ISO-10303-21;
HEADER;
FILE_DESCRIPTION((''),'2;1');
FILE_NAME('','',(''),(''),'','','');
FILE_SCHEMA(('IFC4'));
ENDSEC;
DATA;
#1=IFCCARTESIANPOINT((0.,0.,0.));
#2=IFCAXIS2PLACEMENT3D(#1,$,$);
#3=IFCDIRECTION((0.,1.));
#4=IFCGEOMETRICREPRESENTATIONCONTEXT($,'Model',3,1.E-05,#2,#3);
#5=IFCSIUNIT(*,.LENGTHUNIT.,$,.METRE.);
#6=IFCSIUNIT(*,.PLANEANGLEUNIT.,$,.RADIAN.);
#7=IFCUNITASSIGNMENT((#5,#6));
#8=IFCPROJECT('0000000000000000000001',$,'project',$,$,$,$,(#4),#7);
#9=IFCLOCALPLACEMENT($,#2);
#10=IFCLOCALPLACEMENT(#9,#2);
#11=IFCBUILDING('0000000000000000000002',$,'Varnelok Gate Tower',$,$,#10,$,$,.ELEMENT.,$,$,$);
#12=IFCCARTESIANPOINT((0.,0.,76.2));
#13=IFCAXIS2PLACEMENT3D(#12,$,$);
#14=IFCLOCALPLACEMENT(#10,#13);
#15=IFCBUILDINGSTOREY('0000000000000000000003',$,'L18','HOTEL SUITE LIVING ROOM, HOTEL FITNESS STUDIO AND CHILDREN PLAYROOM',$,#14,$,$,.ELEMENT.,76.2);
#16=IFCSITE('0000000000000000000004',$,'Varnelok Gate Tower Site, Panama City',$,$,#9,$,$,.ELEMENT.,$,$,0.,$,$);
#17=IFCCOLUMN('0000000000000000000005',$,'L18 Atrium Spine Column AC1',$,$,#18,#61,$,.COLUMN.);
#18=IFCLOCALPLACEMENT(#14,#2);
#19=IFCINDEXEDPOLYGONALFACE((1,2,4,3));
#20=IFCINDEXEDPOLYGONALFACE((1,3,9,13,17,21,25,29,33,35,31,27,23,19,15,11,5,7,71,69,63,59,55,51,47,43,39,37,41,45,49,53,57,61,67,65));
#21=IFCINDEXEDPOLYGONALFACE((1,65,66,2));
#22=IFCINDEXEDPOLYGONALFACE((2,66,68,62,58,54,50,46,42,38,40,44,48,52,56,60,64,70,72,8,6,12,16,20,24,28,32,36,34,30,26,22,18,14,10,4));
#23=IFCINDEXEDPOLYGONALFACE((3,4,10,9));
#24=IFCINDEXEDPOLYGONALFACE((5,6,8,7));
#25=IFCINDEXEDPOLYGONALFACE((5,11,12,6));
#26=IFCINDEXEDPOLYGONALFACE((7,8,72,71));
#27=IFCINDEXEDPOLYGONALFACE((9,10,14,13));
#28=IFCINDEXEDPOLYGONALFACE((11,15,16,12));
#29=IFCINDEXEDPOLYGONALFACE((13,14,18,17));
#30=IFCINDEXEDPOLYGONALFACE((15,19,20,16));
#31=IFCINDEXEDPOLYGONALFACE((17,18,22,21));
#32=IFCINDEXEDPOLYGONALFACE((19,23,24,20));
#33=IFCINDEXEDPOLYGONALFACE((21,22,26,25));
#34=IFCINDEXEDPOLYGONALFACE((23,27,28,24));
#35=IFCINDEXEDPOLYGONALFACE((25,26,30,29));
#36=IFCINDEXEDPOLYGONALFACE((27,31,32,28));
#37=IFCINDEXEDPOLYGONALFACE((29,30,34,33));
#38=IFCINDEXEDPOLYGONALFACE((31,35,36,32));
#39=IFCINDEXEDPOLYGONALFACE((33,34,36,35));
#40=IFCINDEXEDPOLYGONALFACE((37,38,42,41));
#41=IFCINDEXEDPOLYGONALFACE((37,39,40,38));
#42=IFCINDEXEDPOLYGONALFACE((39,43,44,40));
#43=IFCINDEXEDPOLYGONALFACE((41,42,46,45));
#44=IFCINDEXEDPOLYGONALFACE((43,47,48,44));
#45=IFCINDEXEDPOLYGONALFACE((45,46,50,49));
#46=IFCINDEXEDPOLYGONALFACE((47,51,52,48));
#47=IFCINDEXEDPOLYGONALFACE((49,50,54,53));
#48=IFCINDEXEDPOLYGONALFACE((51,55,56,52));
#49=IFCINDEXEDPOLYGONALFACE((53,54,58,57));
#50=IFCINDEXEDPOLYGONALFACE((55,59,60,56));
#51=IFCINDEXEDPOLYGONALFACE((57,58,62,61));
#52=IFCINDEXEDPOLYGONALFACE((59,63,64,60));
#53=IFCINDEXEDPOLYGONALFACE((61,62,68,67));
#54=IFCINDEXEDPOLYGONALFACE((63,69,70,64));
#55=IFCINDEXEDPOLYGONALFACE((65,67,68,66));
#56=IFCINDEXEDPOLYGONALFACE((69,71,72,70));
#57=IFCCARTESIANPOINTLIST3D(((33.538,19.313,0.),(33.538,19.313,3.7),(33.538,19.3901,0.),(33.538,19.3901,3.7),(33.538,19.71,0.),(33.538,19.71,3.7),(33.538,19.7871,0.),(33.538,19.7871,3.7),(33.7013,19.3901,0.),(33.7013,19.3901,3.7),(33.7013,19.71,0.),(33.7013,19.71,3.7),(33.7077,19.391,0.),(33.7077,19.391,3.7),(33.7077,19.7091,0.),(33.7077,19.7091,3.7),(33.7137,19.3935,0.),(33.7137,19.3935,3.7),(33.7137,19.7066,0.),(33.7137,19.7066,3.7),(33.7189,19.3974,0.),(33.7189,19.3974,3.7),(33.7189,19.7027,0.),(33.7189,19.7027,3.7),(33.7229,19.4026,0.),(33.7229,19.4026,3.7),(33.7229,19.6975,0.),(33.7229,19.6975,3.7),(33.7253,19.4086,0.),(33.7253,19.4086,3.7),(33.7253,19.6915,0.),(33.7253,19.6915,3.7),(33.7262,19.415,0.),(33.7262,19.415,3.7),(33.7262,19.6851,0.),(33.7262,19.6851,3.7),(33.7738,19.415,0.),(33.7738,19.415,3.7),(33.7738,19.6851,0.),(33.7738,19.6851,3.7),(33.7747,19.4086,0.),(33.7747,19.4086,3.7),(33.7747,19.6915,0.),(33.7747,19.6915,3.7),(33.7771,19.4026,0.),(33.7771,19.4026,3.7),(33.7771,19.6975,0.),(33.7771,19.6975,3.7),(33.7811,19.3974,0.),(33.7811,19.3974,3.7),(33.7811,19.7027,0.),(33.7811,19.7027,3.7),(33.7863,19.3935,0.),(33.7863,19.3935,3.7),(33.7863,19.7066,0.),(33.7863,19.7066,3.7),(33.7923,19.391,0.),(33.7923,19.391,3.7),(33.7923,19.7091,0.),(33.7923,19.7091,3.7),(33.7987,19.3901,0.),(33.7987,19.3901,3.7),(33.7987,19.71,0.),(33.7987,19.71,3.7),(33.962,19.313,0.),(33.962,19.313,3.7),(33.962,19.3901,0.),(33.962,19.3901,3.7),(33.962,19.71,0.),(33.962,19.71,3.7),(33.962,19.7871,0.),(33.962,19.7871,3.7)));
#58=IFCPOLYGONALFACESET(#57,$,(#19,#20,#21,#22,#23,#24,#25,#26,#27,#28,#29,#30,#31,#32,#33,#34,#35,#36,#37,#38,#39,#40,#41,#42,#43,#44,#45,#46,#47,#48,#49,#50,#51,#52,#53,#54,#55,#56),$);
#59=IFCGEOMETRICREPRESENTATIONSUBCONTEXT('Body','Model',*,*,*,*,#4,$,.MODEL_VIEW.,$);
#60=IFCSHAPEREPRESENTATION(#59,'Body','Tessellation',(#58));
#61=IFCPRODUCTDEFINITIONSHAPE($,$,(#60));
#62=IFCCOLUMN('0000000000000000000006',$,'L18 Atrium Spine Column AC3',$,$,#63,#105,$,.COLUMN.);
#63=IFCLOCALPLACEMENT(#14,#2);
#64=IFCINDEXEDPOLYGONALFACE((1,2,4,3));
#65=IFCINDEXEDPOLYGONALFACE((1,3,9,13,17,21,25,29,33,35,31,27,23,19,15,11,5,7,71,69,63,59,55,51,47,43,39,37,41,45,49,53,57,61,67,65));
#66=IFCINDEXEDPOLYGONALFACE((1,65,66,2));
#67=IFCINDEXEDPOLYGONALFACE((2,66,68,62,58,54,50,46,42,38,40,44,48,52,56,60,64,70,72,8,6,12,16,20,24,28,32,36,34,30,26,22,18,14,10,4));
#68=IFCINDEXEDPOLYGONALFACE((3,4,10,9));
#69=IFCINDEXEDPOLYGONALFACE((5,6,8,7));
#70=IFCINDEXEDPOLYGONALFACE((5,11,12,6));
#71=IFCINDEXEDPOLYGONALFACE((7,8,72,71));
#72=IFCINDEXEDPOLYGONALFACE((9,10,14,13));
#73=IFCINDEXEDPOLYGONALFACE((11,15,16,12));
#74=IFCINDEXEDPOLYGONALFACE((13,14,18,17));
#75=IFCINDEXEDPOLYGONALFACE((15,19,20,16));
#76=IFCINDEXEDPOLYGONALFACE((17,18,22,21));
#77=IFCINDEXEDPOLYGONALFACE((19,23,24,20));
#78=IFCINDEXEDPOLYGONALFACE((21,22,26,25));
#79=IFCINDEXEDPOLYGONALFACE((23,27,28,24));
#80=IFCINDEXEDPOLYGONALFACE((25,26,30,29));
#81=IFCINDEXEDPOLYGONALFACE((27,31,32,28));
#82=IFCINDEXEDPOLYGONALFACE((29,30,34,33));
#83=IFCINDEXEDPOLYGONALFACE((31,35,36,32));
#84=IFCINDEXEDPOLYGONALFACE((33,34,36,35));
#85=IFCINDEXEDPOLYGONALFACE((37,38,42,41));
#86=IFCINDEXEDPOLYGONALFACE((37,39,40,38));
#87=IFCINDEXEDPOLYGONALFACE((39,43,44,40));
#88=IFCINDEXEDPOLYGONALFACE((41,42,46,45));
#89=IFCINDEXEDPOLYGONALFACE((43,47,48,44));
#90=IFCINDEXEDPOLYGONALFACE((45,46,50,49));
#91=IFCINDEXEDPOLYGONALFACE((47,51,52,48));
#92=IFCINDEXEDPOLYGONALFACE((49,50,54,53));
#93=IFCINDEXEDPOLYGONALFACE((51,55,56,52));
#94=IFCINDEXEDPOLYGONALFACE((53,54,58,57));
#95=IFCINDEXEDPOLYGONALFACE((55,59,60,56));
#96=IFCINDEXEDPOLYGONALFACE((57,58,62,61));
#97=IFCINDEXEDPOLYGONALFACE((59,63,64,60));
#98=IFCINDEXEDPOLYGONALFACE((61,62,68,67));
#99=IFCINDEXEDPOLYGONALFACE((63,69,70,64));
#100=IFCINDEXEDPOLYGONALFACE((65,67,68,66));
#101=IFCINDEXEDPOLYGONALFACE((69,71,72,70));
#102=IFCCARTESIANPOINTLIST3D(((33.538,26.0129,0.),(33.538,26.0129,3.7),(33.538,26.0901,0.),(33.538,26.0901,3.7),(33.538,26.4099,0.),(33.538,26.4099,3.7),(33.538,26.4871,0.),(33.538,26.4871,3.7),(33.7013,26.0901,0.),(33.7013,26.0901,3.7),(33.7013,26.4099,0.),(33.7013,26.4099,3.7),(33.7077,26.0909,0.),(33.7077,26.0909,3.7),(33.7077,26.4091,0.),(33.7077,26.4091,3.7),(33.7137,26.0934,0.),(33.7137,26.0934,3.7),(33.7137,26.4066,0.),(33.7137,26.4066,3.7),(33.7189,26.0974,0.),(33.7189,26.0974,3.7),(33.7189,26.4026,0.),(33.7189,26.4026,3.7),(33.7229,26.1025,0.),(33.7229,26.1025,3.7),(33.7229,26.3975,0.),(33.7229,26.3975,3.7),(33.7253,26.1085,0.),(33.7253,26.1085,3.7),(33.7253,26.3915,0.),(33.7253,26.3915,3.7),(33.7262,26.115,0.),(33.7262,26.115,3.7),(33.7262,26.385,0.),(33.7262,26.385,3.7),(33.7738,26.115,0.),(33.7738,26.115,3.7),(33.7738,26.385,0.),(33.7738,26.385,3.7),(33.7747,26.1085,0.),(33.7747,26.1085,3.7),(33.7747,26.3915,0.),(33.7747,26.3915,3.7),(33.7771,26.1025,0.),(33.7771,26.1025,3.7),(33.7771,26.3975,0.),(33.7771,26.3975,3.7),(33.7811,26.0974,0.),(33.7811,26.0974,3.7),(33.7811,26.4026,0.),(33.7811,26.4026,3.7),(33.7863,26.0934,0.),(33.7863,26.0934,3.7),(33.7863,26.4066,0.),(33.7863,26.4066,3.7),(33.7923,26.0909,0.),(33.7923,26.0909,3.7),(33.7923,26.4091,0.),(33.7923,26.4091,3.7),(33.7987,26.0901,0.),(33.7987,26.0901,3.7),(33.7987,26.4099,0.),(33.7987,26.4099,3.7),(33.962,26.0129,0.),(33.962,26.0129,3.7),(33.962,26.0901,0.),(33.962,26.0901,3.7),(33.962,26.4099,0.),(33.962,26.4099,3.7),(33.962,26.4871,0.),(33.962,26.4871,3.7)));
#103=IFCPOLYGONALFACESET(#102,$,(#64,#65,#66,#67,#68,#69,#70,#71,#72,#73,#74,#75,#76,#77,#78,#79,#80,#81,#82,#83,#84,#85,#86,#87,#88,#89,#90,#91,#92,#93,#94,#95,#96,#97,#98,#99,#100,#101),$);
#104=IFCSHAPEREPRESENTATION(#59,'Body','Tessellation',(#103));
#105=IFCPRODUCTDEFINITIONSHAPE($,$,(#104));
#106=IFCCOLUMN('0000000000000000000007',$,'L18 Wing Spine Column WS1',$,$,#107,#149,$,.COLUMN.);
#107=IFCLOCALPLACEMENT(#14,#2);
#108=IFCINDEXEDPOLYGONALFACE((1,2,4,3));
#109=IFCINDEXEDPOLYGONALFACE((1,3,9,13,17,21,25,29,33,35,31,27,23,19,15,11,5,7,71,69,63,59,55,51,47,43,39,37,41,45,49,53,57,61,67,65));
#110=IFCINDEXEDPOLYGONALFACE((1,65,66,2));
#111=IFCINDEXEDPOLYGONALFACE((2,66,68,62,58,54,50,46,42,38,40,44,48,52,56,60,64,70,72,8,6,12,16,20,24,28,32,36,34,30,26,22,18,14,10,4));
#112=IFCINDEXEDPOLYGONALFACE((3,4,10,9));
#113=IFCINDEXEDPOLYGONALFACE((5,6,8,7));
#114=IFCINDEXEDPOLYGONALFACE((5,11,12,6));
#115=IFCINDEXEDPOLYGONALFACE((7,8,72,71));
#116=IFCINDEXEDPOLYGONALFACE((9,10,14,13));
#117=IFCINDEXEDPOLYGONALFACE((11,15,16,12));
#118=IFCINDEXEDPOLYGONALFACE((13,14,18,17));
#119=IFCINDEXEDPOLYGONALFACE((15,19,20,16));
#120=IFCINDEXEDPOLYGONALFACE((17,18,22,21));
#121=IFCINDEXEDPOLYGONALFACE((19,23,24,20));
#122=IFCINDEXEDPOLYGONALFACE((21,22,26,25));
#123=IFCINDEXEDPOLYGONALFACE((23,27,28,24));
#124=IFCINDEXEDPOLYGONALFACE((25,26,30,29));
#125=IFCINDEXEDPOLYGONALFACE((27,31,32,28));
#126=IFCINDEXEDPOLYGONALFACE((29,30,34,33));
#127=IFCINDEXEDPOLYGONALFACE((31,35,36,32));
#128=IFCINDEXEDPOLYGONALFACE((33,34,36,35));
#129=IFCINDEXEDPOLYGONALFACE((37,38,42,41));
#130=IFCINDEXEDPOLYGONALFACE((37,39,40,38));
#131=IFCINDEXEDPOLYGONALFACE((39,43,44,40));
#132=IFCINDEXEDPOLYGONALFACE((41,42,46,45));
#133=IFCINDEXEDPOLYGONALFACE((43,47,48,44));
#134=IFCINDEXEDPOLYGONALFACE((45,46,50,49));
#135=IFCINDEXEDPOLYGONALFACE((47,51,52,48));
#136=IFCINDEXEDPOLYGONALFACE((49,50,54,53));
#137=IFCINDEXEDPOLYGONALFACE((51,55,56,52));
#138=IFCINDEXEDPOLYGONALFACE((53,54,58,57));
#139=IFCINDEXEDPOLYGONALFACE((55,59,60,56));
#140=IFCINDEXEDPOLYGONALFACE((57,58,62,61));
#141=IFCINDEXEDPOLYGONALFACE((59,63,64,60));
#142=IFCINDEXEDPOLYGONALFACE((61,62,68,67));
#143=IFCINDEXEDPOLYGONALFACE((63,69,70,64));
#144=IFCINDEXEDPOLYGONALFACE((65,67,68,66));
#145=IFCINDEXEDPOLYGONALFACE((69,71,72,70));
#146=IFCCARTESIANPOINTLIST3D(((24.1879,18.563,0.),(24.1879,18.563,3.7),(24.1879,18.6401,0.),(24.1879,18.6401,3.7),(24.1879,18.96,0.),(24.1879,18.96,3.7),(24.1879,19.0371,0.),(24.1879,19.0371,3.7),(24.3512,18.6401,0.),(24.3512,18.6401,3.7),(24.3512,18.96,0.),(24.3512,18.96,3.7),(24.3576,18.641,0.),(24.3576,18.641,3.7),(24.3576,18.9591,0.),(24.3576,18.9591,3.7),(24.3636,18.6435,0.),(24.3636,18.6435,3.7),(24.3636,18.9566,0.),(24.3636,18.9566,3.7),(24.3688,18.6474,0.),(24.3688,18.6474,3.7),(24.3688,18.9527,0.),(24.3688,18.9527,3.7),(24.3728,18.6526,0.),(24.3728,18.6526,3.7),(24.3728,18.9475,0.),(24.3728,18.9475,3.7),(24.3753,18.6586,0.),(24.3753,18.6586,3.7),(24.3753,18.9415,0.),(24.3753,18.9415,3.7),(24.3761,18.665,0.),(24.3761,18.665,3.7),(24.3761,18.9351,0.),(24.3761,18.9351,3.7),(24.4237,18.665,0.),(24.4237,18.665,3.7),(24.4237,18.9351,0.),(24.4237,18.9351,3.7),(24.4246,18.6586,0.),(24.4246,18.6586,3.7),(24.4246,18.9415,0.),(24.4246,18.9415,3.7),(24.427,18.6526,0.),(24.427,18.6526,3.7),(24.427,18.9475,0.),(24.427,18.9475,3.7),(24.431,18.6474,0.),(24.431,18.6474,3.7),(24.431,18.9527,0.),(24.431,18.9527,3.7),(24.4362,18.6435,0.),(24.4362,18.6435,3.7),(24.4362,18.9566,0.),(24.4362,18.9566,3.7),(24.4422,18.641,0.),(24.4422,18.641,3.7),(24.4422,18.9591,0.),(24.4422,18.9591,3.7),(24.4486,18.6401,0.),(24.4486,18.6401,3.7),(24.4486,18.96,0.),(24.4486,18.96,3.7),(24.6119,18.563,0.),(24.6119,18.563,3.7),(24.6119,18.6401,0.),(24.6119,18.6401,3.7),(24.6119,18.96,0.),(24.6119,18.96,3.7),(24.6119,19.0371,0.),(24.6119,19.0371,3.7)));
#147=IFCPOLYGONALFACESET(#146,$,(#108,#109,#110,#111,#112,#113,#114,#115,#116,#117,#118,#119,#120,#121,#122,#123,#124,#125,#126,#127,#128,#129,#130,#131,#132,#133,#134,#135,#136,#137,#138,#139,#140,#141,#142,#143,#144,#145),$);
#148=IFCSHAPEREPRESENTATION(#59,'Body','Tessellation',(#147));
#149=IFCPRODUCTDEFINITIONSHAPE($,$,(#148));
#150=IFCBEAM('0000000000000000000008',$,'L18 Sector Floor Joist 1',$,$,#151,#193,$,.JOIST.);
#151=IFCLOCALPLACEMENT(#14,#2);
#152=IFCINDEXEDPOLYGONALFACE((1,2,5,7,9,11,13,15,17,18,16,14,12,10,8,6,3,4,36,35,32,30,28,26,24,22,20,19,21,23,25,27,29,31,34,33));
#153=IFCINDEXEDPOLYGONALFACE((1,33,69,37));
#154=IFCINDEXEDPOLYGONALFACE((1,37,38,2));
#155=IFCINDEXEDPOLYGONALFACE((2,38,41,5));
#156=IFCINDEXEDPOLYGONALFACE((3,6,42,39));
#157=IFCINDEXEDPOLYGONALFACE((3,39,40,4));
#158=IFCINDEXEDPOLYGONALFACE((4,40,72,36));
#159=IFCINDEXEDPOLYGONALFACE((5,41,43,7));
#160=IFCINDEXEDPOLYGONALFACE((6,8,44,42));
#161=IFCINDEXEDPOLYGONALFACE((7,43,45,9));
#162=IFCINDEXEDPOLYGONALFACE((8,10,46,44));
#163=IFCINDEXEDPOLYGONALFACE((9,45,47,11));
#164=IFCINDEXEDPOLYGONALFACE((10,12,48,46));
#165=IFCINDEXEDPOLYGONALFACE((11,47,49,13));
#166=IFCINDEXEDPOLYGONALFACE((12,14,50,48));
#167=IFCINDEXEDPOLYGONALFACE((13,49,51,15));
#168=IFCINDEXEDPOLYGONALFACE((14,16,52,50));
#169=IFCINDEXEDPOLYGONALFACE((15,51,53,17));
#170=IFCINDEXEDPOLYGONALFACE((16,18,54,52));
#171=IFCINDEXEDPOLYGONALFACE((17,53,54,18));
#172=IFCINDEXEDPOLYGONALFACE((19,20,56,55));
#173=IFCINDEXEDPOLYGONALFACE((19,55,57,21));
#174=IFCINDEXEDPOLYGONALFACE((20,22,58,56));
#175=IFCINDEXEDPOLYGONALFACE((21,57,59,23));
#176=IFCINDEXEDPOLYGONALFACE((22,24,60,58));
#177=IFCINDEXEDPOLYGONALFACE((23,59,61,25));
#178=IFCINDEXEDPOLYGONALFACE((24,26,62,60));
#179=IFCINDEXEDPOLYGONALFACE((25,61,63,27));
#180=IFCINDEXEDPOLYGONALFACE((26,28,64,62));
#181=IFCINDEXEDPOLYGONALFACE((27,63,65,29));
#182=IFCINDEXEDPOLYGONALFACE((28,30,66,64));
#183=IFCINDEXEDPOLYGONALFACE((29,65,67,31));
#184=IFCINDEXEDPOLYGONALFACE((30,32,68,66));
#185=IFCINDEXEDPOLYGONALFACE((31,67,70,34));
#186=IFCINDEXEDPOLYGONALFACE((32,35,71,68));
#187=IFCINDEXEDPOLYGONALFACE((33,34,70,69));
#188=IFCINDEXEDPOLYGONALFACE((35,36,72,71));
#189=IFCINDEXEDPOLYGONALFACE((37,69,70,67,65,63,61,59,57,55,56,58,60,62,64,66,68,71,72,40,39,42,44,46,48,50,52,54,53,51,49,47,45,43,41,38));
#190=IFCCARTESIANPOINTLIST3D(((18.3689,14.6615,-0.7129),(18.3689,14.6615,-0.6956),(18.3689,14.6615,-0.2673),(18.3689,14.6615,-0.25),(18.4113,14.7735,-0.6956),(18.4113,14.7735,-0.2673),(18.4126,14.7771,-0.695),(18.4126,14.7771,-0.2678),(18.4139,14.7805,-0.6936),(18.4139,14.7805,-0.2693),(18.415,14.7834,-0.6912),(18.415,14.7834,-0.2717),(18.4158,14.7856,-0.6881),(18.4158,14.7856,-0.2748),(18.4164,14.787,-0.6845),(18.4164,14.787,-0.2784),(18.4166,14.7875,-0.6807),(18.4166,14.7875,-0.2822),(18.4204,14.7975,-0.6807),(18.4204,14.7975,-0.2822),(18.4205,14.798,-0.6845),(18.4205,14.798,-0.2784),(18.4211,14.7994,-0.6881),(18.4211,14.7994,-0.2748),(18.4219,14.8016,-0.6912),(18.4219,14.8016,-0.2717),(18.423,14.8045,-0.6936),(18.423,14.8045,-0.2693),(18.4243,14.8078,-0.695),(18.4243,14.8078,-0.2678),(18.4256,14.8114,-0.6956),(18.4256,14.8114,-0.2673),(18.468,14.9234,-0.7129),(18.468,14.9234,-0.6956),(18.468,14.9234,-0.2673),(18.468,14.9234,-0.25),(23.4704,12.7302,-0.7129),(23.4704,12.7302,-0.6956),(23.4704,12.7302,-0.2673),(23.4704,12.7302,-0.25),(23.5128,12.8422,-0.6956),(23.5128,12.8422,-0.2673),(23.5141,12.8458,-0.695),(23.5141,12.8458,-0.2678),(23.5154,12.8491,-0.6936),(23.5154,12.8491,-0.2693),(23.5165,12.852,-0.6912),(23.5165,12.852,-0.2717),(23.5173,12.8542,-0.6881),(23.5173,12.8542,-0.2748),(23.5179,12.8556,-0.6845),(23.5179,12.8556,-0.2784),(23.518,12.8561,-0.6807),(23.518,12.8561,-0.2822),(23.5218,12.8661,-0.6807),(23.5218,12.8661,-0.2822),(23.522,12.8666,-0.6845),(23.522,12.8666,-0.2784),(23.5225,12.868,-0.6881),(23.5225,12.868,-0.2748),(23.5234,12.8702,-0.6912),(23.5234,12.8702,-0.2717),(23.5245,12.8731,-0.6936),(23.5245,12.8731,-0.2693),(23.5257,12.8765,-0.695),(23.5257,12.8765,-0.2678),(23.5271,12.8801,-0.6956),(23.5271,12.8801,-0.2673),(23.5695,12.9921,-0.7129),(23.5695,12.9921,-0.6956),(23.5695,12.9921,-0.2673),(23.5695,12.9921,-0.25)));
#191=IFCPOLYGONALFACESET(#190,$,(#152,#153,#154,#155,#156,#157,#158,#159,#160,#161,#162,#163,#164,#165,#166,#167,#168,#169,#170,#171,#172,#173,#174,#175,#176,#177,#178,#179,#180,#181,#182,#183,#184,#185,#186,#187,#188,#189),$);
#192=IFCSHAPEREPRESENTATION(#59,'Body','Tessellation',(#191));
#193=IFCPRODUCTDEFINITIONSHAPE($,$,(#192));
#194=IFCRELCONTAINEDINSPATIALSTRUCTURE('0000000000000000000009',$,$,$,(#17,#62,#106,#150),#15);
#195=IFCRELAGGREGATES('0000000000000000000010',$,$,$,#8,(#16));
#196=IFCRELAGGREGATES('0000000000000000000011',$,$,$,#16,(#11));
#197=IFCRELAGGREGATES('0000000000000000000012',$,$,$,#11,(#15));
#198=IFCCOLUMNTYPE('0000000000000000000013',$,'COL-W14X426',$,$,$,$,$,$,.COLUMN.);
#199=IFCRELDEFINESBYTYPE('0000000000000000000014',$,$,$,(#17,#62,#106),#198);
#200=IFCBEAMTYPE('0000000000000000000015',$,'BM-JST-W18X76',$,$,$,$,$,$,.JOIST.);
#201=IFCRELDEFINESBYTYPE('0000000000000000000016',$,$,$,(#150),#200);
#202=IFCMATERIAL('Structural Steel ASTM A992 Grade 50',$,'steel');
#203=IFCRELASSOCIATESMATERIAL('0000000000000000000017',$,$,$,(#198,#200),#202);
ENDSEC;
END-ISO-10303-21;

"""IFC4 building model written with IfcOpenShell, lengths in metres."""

from ifc_helpers import new_model, si_unit, direction, frame, origin, origin_2d, place, context, subcontext, project, spatial, i_section, extrude, material, material_profile, profile_set, type_object, element, save


model = new_model("IFC4")

# Units and contexts
model_context = context("Model", 3, precision=1e-05, world=origin(), true_north=direction((0.0, 1.0)))
body_context = subcontext(model_context, "Body", "Model", "MODEL_VIEW")
ifc_project = project(units=[si_unit("LENGTHUNIT", "METRE"), si_unit("PLANEANGLEUNIT", "RADIAN")], contexts=[model_context])

# Site, building, storey
site_placement = place(None, origin())
site = spatial("IfcSite", under=ifc_project, at=site_placement, Name="Varnelok Gate Tower Site, Panama City", CompositionType="ELEMENT", RefElevation=0.0)
building_placement = place(site_placement, origin())
building = spatial("IfcBuilding", under=site, at=building_placement, Name="Varnelok Gate Tower", CompositionType="ELEMENT")
storey_placement = place(building_placement, frame((0.0, 0.0, 76.2)))
storey = spatial("IfcBuildingStorey", under=building, at=storey_placement, Name="L18", Description="HOTEL SUITE LIVING ROOM, HOTEL FITNESS STUDIO AND CHILDREN PLAYROOM", CompositionType="ELEMENT", Elevation=76.2)

# Columns
ifc_material_1 = material(Name="Structural Steel ASTM A992 Grade 50", Category="steel")
ifc_material_profile_1 = material_profile(ifc_material_1, i_section(OverallWidth=0.4241, OverallDepth=0.4741, WebThickness=0.0476, FlangeThickness=0.0771, FilletRadius=0.0249, at=origin_2d()), Name="W14X426")
ifc_profile_set_1 = profile_set([ifc_material_profile_1], Name="Structural Steel ASTM A992 Grade 50")
column_type = type_object("IfcColumnType", Name="COL-W14X426", PredefinedType="COLUMN", material=ifc_profile_set_1)
for number, where, z_axis, x_axis, name in (
    (1, (33.75, 19.55, 0.0), (0.0, 0.0, 1.0), (1.0, 0.0, 0.0), "L18 Atrium Spine Column AC1"),
    (2, (33.75, 26.25, 0.0), (0.0, 0.0, 1.0), (1.0, 0.0, 0.0), "L18 Atrium Spine Column AC3"),
    (3, (24.3999, 18.8, 0.0), (0.0, 0.0, 1.0), (1.0, 0.0, 0.0), "L18 Wing Spine Column WS1"),
):
    element("IfcColumn", number, at=place(storey_placement, frame(where, z_axis=z_axis, x_axis=x_axis)), inside=storey, type_object=column_type, Name=name, PredefinedType="COLUMN", context=body_context, shape_type="SweptSolid", body=[
        extrude(i_section(OverallWidth=0.4241, OverallDepth=0.4741, WebThickness=0.0476, FlangeThickness=0.0771, FilletRadius=0.0249, at=origin_2d()), origin(), (0.0, 0.0, 1.0), 3.7),
    ])

# Beam
ifc_material_profile_2 = material_profile(ifc_material_1, i_section(OverallWidth=0.28, OverallDepth=0.4629, WebThickness=0.0107, FlangeThickness=0.0173, FilletRadius=0.0149, at=origin_2d()), Name="W18X76")
ifc_profile_set_2 = profile_set([ifc_material_profile_2], Name="Structural Steel ASTM A992 Grade 50")
beam_type_1 = type_object("IfcBeamType", Name="BM-JST-W18X76", PredefinedType="JOIST", material=ifc_profile_set_2)
beam_1_placement = place(storey_placement, frame((18.4185, 14.7925, -0.4814), z_axis=(0.935221, -0.354065, 0.0), x_axis=(0.354065, 0.935221, 0.0)))
element("IfcBeam", 4, at=beam_1_placement, inside=storey, type_object=beam_type_1, Name="L18 Sector Floor Joist 1", PredefinedType="JOIST", context=body_context, shape_type="SweptSolid", body=[
    extrude(i_section(OverallWidth=0.28, OverallDepth=0.4629, WebThickness=0.0107, FlangeThickness=0.0173, FilletRadius=0.0149, at=origin_2d()), origin(), (0.0, 0.0, 1.0), 5.4548),
])

save(model, "model.ifc")
